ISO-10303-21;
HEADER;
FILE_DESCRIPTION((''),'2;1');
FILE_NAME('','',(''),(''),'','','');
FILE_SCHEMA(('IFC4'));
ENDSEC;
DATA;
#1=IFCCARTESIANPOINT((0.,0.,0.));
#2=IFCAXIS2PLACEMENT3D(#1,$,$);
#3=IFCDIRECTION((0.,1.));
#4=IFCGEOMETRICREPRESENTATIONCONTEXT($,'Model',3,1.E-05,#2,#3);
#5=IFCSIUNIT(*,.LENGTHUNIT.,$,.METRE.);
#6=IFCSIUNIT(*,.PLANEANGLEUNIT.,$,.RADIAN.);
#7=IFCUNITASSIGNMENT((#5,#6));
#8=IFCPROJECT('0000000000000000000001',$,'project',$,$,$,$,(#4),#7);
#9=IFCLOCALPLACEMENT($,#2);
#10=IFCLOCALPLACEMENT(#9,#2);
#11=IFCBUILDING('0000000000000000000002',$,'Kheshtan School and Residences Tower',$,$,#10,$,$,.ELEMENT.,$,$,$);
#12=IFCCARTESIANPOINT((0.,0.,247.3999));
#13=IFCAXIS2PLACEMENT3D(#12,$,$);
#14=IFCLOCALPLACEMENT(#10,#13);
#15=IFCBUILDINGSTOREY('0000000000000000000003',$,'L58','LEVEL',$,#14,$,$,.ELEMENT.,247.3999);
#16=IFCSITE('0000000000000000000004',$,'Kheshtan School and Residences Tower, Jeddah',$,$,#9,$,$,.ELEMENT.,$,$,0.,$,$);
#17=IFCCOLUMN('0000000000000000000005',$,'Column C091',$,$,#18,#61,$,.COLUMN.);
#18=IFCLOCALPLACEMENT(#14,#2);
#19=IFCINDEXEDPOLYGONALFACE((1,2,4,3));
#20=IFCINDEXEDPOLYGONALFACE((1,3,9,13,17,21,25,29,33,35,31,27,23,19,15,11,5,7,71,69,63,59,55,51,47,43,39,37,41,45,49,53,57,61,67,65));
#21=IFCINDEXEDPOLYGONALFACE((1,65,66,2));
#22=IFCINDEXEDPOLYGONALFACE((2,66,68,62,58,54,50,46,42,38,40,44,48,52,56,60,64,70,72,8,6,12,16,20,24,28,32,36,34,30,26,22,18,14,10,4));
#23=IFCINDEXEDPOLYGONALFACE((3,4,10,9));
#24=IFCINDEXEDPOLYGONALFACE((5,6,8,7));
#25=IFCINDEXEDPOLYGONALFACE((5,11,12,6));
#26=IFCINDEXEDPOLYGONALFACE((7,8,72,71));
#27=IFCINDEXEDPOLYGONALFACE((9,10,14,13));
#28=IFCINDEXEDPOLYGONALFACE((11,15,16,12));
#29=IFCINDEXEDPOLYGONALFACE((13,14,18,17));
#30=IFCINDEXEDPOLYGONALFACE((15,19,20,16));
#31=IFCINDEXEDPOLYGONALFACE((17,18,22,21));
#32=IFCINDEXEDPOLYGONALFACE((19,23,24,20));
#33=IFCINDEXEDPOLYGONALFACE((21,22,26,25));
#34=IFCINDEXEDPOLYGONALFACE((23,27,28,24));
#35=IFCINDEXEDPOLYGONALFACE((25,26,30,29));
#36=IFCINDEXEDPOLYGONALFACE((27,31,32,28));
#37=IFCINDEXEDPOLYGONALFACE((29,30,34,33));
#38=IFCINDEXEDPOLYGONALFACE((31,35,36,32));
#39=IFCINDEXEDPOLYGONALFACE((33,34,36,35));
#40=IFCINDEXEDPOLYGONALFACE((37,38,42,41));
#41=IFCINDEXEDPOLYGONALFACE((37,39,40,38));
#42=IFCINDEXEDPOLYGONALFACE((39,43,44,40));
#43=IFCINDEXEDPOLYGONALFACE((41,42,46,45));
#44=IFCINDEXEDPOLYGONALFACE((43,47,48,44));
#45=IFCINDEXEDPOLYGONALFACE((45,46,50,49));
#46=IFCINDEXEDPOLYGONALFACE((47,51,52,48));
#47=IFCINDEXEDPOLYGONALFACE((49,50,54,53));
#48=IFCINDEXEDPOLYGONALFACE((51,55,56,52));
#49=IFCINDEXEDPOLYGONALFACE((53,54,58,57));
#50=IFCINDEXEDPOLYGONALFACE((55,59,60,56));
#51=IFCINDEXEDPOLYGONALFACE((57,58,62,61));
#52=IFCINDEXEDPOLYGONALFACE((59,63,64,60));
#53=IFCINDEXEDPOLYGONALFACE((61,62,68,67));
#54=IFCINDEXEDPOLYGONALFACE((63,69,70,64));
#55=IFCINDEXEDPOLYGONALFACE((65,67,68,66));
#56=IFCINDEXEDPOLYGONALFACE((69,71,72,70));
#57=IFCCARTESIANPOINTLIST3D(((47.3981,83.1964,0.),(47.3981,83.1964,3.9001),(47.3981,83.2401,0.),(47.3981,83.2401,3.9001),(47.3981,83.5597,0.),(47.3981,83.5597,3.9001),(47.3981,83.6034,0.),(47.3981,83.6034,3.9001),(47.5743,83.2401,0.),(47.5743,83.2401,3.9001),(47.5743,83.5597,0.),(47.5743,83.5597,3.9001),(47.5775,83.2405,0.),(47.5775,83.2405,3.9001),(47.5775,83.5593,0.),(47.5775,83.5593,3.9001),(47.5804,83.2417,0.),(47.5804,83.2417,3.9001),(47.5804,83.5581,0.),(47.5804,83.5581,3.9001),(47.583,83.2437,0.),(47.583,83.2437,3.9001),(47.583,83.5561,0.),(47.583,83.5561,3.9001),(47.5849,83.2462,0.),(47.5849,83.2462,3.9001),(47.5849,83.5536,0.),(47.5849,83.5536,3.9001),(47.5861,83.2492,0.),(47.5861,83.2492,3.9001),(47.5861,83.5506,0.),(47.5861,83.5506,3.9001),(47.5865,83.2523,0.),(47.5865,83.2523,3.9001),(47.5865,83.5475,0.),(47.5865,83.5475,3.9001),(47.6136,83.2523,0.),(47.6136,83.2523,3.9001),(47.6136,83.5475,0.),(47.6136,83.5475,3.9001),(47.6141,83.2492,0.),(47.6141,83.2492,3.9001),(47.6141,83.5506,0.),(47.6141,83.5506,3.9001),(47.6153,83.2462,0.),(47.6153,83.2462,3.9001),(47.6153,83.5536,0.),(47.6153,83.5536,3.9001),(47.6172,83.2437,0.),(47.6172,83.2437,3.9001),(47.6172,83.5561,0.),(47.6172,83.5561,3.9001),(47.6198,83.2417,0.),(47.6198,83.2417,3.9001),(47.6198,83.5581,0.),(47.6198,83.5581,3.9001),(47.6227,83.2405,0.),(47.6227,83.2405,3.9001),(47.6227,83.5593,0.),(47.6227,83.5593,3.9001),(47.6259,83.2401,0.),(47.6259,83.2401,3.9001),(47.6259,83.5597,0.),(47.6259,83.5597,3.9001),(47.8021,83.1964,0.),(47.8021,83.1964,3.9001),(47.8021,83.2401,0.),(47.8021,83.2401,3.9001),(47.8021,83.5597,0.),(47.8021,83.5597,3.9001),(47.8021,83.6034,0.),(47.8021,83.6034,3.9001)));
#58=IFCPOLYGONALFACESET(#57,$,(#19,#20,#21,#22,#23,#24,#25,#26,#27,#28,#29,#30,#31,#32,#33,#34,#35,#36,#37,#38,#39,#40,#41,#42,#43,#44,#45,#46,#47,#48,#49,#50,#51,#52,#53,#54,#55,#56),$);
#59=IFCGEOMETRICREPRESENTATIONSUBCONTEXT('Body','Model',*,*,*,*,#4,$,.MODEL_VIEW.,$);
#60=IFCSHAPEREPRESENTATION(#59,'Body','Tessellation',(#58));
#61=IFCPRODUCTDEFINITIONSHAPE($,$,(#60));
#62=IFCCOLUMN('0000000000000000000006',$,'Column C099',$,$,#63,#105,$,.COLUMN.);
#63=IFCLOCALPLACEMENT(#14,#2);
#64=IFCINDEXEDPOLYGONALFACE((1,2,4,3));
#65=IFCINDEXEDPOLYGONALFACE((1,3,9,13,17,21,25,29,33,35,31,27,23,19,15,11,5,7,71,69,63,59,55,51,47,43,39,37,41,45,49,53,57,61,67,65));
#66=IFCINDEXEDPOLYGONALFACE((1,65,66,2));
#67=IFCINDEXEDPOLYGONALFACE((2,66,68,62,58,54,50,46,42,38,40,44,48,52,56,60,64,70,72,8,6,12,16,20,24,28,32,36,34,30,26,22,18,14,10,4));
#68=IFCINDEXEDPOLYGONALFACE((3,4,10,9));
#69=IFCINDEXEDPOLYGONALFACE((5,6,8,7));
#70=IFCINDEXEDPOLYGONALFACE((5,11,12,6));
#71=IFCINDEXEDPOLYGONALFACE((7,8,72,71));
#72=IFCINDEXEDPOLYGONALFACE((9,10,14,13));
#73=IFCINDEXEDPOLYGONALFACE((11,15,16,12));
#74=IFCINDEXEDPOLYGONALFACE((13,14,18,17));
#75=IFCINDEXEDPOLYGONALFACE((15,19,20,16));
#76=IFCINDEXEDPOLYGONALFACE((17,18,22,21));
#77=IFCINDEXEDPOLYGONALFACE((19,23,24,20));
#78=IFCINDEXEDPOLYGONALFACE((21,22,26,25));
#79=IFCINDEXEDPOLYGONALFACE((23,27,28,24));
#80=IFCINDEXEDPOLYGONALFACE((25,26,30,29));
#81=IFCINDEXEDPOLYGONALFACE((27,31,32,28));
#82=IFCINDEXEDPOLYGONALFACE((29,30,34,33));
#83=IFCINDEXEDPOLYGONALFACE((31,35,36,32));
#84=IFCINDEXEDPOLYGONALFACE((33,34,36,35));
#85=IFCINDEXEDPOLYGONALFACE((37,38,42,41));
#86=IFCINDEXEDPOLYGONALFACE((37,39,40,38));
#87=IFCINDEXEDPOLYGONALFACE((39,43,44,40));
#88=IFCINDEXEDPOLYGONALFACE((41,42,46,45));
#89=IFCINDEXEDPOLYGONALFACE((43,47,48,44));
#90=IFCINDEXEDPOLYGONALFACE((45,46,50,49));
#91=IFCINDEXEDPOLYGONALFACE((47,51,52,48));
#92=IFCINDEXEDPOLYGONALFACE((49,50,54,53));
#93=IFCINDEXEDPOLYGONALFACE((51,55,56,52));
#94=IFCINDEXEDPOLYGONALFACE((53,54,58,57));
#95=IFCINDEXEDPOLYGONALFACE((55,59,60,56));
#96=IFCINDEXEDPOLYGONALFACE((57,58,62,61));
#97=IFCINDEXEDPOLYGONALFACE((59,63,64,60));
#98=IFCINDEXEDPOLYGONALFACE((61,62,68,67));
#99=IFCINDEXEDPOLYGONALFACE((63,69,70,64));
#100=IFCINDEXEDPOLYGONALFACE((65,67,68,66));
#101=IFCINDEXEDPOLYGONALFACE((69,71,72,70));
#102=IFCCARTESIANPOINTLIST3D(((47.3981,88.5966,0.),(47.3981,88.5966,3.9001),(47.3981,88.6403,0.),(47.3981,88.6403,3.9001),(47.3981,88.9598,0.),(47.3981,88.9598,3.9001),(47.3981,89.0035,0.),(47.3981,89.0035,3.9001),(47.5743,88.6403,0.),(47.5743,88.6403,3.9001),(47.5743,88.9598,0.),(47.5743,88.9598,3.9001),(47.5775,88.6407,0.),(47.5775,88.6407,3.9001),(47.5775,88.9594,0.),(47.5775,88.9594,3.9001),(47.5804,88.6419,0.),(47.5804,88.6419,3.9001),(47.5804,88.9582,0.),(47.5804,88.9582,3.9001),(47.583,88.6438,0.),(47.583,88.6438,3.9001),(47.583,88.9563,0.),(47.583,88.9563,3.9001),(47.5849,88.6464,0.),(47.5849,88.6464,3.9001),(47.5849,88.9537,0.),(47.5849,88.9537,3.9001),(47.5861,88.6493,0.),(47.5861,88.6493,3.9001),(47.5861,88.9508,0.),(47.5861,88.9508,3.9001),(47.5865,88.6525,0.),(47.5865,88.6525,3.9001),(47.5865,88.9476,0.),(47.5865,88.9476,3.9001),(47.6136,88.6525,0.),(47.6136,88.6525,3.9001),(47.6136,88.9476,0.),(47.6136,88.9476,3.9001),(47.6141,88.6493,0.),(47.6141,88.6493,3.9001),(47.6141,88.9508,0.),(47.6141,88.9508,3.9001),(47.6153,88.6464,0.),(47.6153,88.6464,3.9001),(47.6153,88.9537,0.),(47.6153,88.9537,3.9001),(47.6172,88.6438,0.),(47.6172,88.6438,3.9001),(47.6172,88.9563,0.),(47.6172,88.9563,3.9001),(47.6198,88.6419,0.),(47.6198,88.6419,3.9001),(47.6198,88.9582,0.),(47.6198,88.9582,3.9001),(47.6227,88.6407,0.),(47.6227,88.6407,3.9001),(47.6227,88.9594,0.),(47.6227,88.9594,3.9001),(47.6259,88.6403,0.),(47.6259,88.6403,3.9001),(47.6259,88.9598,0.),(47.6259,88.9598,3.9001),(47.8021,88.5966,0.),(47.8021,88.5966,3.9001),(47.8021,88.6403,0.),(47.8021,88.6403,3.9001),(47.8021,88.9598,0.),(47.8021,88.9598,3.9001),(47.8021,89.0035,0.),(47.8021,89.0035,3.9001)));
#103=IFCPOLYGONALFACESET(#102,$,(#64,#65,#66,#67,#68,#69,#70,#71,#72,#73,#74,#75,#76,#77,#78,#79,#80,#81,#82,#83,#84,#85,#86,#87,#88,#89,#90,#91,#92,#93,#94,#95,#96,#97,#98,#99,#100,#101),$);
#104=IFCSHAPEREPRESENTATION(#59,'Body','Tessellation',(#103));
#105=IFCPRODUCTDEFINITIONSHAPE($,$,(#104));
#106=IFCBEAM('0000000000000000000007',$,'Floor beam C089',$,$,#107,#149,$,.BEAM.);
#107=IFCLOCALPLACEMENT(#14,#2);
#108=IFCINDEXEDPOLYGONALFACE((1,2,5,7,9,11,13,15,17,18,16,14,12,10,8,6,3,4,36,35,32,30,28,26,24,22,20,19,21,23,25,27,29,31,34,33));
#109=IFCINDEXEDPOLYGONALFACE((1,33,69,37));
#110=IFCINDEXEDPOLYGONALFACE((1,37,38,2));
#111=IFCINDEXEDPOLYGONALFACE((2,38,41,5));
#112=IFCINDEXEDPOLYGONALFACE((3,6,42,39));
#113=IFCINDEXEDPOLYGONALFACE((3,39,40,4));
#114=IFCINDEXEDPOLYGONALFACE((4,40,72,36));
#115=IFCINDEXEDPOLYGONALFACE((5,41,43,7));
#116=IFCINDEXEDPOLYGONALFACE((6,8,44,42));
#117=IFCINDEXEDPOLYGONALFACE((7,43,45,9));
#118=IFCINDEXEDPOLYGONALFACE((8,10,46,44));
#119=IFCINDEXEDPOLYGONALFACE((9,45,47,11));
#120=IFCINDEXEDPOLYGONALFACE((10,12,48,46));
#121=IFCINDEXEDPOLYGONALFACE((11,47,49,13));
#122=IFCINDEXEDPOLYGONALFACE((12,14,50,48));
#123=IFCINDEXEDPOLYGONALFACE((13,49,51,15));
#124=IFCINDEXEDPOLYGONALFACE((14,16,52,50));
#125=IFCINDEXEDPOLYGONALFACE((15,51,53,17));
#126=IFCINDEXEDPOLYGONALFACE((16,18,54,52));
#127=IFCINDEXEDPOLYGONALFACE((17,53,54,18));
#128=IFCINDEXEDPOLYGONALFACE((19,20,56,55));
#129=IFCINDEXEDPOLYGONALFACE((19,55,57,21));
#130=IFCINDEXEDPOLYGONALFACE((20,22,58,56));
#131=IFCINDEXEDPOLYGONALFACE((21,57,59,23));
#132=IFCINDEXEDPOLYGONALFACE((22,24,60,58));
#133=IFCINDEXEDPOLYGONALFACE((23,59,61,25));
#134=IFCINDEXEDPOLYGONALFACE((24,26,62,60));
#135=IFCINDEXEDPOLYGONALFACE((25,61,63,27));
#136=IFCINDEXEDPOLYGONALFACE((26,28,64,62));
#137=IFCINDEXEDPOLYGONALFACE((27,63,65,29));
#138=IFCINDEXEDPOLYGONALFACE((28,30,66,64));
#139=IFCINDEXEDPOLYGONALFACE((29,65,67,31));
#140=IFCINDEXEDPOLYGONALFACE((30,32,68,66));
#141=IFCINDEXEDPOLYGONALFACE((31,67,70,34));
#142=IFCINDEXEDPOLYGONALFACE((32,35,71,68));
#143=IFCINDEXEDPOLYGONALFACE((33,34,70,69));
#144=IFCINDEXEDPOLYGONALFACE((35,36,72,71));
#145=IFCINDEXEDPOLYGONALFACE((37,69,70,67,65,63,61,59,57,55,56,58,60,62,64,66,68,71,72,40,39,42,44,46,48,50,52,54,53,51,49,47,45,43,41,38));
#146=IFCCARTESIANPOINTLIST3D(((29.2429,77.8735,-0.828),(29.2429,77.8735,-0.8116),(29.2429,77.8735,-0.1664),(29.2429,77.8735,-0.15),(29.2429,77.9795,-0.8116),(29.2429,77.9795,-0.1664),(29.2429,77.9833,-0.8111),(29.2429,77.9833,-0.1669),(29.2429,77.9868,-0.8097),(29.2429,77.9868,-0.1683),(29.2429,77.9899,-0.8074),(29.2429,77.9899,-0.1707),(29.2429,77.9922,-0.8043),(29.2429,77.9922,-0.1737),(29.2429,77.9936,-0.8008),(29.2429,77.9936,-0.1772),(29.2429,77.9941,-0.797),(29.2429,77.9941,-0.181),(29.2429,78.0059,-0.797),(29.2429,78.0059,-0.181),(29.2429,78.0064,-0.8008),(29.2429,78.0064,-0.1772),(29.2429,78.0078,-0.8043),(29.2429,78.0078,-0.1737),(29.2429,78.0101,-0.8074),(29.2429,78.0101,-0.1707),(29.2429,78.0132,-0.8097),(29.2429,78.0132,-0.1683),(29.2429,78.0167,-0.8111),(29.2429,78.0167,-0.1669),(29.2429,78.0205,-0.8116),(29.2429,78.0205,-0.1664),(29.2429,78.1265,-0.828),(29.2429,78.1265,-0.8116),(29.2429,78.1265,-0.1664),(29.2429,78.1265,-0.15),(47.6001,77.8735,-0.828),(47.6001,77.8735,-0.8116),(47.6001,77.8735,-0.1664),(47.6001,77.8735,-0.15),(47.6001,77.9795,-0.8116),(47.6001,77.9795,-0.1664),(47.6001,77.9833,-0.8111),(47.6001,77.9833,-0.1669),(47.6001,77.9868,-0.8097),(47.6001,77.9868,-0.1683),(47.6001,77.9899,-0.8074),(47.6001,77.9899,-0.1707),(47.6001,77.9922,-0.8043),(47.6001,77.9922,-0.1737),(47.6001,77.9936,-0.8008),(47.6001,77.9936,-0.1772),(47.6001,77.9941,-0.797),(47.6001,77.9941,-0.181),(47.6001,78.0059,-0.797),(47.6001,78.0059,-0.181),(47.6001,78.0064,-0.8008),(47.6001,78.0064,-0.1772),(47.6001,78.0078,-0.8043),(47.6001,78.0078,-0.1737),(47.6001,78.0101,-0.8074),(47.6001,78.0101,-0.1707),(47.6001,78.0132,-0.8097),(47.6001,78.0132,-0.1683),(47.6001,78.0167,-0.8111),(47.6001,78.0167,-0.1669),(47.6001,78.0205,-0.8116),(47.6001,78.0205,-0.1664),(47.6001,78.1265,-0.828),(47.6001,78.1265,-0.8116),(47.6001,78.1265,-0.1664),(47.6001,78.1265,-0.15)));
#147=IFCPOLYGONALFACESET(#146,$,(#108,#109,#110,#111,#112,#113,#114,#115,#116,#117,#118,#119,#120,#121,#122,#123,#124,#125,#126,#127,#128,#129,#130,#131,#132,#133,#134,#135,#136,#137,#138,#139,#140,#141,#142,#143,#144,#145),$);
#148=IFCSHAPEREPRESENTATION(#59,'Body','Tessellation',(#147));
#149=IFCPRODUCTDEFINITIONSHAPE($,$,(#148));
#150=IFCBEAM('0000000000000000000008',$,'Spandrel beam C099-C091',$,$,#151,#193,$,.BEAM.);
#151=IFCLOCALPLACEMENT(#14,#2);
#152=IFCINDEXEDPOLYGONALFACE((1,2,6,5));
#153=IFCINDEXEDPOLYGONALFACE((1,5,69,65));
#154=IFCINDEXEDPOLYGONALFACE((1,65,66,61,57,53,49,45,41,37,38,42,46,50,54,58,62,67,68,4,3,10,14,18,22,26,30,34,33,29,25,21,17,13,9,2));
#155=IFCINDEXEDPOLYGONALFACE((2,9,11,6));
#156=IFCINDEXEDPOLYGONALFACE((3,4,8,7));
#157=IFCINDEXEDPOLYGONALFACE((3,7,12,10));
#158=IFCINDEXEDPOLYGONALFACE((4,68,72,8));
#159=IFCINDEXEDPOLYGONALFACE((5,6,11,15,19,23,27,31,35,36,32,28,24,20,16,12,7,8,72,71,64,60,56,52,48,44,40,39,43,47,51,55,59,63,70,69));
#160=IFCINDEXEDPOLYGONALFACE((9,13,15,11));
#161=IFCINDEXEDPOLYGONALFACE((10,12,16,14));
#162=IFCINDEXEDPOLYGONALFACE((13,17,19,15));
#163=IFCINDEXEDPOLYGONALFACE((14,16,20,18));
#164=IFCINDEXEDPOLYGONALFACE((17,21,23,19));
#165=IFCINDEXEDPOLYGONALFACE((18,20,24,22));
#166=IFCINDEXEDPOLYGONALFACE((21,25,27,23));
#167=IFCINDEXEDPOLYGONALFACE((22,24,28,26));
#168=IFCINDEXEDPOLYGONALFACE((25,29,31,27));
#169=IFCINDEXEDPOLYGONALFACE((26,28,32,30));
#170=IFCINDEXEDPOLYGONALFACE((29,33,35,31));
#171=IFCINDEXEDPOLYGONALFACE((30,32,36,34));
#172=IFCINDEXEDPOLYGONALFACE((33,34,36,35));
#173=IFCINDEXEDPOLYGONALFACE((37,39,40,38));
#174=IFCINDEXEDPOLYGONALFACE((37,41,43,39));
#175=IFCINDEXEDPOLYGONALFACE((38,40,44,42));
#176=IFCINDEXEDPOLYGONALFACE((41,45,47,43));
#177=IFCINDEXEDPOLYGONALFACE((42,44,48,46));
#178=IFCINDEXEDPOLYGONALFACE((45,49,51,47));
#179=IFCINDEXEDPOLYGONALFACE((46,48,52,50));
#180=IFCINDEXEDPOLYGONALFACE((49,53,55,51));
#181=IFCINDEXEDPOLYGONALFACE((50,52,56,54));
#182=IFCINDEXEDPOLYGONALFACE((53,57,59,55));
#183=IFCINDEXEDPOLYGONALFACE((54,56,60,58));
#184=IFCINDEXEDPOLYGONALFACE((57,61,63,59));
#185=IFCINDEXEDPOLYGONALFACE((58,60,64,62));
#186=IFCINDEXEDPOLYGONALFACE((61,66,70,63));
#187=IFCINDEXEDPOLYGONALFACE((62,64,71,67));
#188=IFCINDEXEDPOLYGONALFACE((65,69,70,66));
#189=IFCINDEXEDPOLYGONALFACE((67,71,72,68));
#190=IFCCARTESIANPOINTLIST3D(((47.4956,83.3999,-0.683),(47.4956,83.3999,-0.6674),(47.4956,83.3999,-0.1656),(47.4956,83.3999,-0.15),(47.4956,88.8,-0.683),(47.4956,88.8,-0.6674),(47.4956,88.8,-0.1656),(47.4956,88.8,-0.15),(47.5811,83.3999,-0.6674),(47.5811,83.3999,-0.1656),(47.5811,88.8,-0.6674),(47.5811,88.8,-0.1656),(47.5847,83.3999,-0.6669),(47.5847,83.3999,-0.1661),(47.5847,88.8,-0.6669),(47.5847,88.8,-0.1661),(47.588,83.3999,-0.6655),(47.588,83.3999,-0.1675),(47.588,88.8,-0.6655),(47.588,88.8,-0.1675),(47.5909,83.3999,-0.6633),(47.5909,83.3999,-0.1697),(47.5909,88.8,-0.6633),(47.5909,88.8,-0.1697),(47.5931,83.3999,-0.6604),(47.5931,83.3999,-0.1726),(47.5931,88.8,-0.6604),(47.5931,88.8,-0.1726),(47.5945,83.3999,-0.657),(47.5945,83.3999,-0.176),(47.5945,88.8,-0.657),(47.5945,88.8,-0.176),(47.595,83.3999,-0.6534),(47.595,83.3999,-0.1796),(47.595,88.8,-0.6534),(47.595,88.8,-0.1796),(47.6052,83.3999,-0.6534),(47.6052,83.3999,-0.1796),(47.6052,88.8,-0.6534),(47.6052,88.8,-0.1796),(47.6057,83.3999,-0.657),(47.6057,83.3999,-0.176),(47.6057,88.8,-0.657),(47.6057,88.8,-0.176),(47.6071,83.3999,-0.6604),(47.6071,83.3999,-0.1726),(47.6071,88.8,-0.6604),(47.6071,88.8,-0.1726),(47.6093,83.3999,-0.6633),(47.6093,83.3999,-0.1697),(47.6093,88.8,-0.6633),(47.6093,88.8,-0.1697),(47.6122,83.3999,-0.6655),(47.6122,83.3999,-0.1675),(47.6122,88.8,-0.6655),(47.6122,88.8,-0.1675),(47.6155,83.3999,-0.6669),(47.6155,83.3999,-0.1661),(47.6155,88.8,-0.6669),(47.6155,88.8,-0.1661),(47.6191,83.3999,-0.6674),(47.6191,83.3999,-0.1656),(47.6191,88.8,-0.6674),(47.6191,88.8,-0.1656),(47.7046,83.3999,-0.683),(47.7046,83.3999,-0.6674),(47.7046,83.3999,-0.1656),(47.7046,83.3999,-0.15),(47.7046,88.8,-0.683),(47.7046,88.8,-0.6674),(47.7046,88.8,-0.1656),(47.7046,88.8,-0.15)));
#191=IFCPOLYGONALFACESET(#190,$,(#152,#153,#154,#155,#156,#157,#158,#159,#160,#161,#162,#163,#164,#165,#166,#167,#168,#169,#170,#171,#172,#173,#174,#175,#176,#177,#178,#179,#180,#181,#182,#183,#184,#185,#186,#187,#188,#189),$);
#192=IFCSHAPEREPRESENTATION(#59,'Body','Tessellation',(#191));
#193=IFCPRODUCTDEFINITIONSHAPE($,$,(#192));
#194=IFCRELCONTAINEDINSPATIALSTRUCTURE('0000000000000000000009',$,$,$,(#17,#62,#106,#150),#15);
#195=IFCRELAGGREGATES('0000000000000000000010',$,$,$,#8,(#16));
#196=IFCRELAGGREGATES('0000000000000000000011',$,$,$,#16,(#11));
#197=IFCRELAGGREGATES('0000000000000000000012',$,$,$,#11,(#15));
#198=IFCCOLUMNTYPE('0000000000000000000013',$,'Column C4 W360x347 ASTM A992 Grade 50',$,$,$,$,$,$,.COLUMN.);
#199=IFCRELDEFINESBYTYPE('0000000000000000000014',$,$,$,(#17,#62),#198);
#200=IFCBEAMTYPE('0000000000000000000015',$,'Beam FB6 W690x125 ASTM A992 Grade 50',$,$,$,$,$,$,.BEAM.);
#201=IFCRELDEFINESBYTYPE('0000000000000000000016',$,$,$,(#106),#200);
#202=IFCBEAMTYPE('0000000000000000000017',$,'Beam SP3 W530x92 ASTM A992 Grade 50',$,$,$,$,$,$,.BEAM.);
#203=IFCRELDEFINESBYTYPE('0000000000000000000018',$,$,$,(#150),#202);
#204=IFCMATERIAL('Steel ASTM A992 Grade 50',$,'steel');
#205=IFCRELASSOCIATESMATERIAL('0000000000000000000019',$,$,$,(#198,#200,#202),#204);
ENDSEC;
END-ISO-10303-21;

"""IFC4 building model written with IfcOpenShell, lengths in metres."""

from ifc_helpers import new_model, si_unit, direction, frame, origin, origin_2d, place, context, subcontext, project, spatial, i_section, extrude, material, material_profile, profile_set, type_object, element, save


model = new_model("IFC4")

# Units and contexts
model_context = context("Model", 3, precision=1e-05, world=origin(), true_north=direction((0.0, 1.0)))
body_context = subcontext(model_context, "Body", "Model", "MODEL_VIEW")
ifc_project = project(units=[si_unit("LENGTHUNIT", "METRE"), si_unit("PLANEANGLEUNIT", "RADIAN")], contexts=[model_context])

# Site, building, storey
site_placement = place(None, origin())
site = spatial("IfcSite", under=ifc_project, at=site_placement, Name="Kheshtan School and Residences Tower, Jeddah", CompositionType="ELEMENT", RefElevation=0.0)
building_placement = place(site_placement, origin())
building = spatial("IfcBuilding", under=site, at=building_placement, Name="Kheshtan School and Residences Tower", CompositionType="ELEMENT")
storey_placement = place(building_placement, frame((0.0, 0.0, 247.3999)))
storey = spatial("IfcBuildingStorey", under=building, at=storey_placement, Name="L58", Description="LEVEL", CompositionType="ELEMENT", Elevation=247.3999)

# Columns
ifc_material_1 = material(Name="Steel ASTM A992 Grade 50", Category="steel")
ifc_material_profile_1 = material_profile(ifc_material_1, i_section(OverallWidth=0.4041, OverallDepth=0.407, WebThickness=0.0271, FlangeThickness=0.0437, FilletRadius=0.0122, at=origin_2d()), Name="W360x347")
ifc_profile_set_1 = profile_set([ifc_material_profile_1], Name="Steel ASTM A992 Grade 50")
column_type = type_object("IfcColumnType", Name="Column C4 W360x347 ASTM A992 Grade 50", PredefinedType="COLUMN", material=ifc_profile_set_1)
for number, where, z_axis, x_axis, name in (
    (1, (47.6001, 83.3999, 0.0), (0.0, 0.0, 1.0), (1.0, 0.0, 0.0), "Column C091"),
    (2, (47.6001, 88.8, 0.0), (0.0, 0.0, 1.0), (1.0, 0.0, 0.0), "Column C099"),
):
    element("IfcColumn", number, at=place(storey_placement, frame(where, z_axis=z_axis, x_axis=x_axis)), inside=storey, type_object=column_type, Name=name, PredefinedType="COLUMN", context=body_context, shape_type="SweptSolid", body=[
        extrude(i_section(OverallWidth=0.4041, OverallDepth=0.407, WebThickness=0.0271, FlangeThickness=0.0437, FilletRadius=0.0122, at=origin_2d()), origin(), (0.0, 0.0, 1.0), 3.9001),
    ])

# Beams
ifc_material_profile_2 = material_profile(ifc_material_1, i_section(OverallWidth=0.2529, OverallDepth=0.678, WebThickness=0.0117, FlangeThickness=0.0164, FilletRadius=0.0146, at=origin_2d()), Name="W690x125")
ifc_profile_set_2 = profile_set([ifc_material_profile_2], Name="Steel ASTM A992 Grade 50")
beam_type_1 = type_object("IfcBeamType", Name="Beam FB6 W690x125 ASTM A992 Grade 50", PredefinedType="BEAM", material=ifc_profile_set_2)
beam_1_placement = place(storey_placement, frame((47.6001, 78.0, -0.489), z_axis=(-1.0, 0.0, 0.0), x_axis=(0.0, -1.0, 0.0)))
element("IfcBeam", 3, at=beam_1_placement, inside=storey, type_object=beam_type_1, Name="Floor beam C089", PredefinedType="BEAM", context=body_context, shape_type="SweptSolid", body=[
    extrude(i_section(OverallWidth=0.2529, OverallDepth=0.678, WebThickness=0.0117, FlangeThickness=0.0164, FilletRadius=0.0146, at=origin_2d()), origin(), (0.0, 0.0, 1.0), 18.3572),
])
ifc_material_profile_3 = material_profile(ifc_material_1, i_section(OverallWidth=0.209, OverallDepth=0.533, WebThickness=0.0103, FlangeThickness=0.0156, FilletRadius=0.0139, at=origin_2d()), Name="W530x92")
ifc_profile_set_3 = profile_set([ifc_material_profile_3], Name="Steel ASTM A992 Grade 50")
beam_type_2 = type_object("IfcBeamType", Name="Beam SP3 W530x92 ASTM A992 Grade 50", PredefinedType="BEAM", material=ifc_profile_set_3)
beam_2_placement = place(storey_placement, frame((47.6001, 88.8, -0.4165), z_axis=(0.0, -1.0, 0.0), x_axis=(1.0, 0.0, 0.0)))
element("IfcBeam", 4, at=beam_2_placement, inside=storey, type_object=beam_type_2, Name="Spandrel beam C099-C091", PredefinedType="BEAM", context=body_context, shape_type="SweptSolid", body=[
    extrude(i_section(OverallWidth=0.209, OverallDepth=0.533, WebThickness=0.0103, FlangeThickness=0.0156, FilletRadius=0.0139, at=origin_2d()), origin(), (0.0, 0.0, 1.0), 5.4001),
])

save(model, "model.ifc")
